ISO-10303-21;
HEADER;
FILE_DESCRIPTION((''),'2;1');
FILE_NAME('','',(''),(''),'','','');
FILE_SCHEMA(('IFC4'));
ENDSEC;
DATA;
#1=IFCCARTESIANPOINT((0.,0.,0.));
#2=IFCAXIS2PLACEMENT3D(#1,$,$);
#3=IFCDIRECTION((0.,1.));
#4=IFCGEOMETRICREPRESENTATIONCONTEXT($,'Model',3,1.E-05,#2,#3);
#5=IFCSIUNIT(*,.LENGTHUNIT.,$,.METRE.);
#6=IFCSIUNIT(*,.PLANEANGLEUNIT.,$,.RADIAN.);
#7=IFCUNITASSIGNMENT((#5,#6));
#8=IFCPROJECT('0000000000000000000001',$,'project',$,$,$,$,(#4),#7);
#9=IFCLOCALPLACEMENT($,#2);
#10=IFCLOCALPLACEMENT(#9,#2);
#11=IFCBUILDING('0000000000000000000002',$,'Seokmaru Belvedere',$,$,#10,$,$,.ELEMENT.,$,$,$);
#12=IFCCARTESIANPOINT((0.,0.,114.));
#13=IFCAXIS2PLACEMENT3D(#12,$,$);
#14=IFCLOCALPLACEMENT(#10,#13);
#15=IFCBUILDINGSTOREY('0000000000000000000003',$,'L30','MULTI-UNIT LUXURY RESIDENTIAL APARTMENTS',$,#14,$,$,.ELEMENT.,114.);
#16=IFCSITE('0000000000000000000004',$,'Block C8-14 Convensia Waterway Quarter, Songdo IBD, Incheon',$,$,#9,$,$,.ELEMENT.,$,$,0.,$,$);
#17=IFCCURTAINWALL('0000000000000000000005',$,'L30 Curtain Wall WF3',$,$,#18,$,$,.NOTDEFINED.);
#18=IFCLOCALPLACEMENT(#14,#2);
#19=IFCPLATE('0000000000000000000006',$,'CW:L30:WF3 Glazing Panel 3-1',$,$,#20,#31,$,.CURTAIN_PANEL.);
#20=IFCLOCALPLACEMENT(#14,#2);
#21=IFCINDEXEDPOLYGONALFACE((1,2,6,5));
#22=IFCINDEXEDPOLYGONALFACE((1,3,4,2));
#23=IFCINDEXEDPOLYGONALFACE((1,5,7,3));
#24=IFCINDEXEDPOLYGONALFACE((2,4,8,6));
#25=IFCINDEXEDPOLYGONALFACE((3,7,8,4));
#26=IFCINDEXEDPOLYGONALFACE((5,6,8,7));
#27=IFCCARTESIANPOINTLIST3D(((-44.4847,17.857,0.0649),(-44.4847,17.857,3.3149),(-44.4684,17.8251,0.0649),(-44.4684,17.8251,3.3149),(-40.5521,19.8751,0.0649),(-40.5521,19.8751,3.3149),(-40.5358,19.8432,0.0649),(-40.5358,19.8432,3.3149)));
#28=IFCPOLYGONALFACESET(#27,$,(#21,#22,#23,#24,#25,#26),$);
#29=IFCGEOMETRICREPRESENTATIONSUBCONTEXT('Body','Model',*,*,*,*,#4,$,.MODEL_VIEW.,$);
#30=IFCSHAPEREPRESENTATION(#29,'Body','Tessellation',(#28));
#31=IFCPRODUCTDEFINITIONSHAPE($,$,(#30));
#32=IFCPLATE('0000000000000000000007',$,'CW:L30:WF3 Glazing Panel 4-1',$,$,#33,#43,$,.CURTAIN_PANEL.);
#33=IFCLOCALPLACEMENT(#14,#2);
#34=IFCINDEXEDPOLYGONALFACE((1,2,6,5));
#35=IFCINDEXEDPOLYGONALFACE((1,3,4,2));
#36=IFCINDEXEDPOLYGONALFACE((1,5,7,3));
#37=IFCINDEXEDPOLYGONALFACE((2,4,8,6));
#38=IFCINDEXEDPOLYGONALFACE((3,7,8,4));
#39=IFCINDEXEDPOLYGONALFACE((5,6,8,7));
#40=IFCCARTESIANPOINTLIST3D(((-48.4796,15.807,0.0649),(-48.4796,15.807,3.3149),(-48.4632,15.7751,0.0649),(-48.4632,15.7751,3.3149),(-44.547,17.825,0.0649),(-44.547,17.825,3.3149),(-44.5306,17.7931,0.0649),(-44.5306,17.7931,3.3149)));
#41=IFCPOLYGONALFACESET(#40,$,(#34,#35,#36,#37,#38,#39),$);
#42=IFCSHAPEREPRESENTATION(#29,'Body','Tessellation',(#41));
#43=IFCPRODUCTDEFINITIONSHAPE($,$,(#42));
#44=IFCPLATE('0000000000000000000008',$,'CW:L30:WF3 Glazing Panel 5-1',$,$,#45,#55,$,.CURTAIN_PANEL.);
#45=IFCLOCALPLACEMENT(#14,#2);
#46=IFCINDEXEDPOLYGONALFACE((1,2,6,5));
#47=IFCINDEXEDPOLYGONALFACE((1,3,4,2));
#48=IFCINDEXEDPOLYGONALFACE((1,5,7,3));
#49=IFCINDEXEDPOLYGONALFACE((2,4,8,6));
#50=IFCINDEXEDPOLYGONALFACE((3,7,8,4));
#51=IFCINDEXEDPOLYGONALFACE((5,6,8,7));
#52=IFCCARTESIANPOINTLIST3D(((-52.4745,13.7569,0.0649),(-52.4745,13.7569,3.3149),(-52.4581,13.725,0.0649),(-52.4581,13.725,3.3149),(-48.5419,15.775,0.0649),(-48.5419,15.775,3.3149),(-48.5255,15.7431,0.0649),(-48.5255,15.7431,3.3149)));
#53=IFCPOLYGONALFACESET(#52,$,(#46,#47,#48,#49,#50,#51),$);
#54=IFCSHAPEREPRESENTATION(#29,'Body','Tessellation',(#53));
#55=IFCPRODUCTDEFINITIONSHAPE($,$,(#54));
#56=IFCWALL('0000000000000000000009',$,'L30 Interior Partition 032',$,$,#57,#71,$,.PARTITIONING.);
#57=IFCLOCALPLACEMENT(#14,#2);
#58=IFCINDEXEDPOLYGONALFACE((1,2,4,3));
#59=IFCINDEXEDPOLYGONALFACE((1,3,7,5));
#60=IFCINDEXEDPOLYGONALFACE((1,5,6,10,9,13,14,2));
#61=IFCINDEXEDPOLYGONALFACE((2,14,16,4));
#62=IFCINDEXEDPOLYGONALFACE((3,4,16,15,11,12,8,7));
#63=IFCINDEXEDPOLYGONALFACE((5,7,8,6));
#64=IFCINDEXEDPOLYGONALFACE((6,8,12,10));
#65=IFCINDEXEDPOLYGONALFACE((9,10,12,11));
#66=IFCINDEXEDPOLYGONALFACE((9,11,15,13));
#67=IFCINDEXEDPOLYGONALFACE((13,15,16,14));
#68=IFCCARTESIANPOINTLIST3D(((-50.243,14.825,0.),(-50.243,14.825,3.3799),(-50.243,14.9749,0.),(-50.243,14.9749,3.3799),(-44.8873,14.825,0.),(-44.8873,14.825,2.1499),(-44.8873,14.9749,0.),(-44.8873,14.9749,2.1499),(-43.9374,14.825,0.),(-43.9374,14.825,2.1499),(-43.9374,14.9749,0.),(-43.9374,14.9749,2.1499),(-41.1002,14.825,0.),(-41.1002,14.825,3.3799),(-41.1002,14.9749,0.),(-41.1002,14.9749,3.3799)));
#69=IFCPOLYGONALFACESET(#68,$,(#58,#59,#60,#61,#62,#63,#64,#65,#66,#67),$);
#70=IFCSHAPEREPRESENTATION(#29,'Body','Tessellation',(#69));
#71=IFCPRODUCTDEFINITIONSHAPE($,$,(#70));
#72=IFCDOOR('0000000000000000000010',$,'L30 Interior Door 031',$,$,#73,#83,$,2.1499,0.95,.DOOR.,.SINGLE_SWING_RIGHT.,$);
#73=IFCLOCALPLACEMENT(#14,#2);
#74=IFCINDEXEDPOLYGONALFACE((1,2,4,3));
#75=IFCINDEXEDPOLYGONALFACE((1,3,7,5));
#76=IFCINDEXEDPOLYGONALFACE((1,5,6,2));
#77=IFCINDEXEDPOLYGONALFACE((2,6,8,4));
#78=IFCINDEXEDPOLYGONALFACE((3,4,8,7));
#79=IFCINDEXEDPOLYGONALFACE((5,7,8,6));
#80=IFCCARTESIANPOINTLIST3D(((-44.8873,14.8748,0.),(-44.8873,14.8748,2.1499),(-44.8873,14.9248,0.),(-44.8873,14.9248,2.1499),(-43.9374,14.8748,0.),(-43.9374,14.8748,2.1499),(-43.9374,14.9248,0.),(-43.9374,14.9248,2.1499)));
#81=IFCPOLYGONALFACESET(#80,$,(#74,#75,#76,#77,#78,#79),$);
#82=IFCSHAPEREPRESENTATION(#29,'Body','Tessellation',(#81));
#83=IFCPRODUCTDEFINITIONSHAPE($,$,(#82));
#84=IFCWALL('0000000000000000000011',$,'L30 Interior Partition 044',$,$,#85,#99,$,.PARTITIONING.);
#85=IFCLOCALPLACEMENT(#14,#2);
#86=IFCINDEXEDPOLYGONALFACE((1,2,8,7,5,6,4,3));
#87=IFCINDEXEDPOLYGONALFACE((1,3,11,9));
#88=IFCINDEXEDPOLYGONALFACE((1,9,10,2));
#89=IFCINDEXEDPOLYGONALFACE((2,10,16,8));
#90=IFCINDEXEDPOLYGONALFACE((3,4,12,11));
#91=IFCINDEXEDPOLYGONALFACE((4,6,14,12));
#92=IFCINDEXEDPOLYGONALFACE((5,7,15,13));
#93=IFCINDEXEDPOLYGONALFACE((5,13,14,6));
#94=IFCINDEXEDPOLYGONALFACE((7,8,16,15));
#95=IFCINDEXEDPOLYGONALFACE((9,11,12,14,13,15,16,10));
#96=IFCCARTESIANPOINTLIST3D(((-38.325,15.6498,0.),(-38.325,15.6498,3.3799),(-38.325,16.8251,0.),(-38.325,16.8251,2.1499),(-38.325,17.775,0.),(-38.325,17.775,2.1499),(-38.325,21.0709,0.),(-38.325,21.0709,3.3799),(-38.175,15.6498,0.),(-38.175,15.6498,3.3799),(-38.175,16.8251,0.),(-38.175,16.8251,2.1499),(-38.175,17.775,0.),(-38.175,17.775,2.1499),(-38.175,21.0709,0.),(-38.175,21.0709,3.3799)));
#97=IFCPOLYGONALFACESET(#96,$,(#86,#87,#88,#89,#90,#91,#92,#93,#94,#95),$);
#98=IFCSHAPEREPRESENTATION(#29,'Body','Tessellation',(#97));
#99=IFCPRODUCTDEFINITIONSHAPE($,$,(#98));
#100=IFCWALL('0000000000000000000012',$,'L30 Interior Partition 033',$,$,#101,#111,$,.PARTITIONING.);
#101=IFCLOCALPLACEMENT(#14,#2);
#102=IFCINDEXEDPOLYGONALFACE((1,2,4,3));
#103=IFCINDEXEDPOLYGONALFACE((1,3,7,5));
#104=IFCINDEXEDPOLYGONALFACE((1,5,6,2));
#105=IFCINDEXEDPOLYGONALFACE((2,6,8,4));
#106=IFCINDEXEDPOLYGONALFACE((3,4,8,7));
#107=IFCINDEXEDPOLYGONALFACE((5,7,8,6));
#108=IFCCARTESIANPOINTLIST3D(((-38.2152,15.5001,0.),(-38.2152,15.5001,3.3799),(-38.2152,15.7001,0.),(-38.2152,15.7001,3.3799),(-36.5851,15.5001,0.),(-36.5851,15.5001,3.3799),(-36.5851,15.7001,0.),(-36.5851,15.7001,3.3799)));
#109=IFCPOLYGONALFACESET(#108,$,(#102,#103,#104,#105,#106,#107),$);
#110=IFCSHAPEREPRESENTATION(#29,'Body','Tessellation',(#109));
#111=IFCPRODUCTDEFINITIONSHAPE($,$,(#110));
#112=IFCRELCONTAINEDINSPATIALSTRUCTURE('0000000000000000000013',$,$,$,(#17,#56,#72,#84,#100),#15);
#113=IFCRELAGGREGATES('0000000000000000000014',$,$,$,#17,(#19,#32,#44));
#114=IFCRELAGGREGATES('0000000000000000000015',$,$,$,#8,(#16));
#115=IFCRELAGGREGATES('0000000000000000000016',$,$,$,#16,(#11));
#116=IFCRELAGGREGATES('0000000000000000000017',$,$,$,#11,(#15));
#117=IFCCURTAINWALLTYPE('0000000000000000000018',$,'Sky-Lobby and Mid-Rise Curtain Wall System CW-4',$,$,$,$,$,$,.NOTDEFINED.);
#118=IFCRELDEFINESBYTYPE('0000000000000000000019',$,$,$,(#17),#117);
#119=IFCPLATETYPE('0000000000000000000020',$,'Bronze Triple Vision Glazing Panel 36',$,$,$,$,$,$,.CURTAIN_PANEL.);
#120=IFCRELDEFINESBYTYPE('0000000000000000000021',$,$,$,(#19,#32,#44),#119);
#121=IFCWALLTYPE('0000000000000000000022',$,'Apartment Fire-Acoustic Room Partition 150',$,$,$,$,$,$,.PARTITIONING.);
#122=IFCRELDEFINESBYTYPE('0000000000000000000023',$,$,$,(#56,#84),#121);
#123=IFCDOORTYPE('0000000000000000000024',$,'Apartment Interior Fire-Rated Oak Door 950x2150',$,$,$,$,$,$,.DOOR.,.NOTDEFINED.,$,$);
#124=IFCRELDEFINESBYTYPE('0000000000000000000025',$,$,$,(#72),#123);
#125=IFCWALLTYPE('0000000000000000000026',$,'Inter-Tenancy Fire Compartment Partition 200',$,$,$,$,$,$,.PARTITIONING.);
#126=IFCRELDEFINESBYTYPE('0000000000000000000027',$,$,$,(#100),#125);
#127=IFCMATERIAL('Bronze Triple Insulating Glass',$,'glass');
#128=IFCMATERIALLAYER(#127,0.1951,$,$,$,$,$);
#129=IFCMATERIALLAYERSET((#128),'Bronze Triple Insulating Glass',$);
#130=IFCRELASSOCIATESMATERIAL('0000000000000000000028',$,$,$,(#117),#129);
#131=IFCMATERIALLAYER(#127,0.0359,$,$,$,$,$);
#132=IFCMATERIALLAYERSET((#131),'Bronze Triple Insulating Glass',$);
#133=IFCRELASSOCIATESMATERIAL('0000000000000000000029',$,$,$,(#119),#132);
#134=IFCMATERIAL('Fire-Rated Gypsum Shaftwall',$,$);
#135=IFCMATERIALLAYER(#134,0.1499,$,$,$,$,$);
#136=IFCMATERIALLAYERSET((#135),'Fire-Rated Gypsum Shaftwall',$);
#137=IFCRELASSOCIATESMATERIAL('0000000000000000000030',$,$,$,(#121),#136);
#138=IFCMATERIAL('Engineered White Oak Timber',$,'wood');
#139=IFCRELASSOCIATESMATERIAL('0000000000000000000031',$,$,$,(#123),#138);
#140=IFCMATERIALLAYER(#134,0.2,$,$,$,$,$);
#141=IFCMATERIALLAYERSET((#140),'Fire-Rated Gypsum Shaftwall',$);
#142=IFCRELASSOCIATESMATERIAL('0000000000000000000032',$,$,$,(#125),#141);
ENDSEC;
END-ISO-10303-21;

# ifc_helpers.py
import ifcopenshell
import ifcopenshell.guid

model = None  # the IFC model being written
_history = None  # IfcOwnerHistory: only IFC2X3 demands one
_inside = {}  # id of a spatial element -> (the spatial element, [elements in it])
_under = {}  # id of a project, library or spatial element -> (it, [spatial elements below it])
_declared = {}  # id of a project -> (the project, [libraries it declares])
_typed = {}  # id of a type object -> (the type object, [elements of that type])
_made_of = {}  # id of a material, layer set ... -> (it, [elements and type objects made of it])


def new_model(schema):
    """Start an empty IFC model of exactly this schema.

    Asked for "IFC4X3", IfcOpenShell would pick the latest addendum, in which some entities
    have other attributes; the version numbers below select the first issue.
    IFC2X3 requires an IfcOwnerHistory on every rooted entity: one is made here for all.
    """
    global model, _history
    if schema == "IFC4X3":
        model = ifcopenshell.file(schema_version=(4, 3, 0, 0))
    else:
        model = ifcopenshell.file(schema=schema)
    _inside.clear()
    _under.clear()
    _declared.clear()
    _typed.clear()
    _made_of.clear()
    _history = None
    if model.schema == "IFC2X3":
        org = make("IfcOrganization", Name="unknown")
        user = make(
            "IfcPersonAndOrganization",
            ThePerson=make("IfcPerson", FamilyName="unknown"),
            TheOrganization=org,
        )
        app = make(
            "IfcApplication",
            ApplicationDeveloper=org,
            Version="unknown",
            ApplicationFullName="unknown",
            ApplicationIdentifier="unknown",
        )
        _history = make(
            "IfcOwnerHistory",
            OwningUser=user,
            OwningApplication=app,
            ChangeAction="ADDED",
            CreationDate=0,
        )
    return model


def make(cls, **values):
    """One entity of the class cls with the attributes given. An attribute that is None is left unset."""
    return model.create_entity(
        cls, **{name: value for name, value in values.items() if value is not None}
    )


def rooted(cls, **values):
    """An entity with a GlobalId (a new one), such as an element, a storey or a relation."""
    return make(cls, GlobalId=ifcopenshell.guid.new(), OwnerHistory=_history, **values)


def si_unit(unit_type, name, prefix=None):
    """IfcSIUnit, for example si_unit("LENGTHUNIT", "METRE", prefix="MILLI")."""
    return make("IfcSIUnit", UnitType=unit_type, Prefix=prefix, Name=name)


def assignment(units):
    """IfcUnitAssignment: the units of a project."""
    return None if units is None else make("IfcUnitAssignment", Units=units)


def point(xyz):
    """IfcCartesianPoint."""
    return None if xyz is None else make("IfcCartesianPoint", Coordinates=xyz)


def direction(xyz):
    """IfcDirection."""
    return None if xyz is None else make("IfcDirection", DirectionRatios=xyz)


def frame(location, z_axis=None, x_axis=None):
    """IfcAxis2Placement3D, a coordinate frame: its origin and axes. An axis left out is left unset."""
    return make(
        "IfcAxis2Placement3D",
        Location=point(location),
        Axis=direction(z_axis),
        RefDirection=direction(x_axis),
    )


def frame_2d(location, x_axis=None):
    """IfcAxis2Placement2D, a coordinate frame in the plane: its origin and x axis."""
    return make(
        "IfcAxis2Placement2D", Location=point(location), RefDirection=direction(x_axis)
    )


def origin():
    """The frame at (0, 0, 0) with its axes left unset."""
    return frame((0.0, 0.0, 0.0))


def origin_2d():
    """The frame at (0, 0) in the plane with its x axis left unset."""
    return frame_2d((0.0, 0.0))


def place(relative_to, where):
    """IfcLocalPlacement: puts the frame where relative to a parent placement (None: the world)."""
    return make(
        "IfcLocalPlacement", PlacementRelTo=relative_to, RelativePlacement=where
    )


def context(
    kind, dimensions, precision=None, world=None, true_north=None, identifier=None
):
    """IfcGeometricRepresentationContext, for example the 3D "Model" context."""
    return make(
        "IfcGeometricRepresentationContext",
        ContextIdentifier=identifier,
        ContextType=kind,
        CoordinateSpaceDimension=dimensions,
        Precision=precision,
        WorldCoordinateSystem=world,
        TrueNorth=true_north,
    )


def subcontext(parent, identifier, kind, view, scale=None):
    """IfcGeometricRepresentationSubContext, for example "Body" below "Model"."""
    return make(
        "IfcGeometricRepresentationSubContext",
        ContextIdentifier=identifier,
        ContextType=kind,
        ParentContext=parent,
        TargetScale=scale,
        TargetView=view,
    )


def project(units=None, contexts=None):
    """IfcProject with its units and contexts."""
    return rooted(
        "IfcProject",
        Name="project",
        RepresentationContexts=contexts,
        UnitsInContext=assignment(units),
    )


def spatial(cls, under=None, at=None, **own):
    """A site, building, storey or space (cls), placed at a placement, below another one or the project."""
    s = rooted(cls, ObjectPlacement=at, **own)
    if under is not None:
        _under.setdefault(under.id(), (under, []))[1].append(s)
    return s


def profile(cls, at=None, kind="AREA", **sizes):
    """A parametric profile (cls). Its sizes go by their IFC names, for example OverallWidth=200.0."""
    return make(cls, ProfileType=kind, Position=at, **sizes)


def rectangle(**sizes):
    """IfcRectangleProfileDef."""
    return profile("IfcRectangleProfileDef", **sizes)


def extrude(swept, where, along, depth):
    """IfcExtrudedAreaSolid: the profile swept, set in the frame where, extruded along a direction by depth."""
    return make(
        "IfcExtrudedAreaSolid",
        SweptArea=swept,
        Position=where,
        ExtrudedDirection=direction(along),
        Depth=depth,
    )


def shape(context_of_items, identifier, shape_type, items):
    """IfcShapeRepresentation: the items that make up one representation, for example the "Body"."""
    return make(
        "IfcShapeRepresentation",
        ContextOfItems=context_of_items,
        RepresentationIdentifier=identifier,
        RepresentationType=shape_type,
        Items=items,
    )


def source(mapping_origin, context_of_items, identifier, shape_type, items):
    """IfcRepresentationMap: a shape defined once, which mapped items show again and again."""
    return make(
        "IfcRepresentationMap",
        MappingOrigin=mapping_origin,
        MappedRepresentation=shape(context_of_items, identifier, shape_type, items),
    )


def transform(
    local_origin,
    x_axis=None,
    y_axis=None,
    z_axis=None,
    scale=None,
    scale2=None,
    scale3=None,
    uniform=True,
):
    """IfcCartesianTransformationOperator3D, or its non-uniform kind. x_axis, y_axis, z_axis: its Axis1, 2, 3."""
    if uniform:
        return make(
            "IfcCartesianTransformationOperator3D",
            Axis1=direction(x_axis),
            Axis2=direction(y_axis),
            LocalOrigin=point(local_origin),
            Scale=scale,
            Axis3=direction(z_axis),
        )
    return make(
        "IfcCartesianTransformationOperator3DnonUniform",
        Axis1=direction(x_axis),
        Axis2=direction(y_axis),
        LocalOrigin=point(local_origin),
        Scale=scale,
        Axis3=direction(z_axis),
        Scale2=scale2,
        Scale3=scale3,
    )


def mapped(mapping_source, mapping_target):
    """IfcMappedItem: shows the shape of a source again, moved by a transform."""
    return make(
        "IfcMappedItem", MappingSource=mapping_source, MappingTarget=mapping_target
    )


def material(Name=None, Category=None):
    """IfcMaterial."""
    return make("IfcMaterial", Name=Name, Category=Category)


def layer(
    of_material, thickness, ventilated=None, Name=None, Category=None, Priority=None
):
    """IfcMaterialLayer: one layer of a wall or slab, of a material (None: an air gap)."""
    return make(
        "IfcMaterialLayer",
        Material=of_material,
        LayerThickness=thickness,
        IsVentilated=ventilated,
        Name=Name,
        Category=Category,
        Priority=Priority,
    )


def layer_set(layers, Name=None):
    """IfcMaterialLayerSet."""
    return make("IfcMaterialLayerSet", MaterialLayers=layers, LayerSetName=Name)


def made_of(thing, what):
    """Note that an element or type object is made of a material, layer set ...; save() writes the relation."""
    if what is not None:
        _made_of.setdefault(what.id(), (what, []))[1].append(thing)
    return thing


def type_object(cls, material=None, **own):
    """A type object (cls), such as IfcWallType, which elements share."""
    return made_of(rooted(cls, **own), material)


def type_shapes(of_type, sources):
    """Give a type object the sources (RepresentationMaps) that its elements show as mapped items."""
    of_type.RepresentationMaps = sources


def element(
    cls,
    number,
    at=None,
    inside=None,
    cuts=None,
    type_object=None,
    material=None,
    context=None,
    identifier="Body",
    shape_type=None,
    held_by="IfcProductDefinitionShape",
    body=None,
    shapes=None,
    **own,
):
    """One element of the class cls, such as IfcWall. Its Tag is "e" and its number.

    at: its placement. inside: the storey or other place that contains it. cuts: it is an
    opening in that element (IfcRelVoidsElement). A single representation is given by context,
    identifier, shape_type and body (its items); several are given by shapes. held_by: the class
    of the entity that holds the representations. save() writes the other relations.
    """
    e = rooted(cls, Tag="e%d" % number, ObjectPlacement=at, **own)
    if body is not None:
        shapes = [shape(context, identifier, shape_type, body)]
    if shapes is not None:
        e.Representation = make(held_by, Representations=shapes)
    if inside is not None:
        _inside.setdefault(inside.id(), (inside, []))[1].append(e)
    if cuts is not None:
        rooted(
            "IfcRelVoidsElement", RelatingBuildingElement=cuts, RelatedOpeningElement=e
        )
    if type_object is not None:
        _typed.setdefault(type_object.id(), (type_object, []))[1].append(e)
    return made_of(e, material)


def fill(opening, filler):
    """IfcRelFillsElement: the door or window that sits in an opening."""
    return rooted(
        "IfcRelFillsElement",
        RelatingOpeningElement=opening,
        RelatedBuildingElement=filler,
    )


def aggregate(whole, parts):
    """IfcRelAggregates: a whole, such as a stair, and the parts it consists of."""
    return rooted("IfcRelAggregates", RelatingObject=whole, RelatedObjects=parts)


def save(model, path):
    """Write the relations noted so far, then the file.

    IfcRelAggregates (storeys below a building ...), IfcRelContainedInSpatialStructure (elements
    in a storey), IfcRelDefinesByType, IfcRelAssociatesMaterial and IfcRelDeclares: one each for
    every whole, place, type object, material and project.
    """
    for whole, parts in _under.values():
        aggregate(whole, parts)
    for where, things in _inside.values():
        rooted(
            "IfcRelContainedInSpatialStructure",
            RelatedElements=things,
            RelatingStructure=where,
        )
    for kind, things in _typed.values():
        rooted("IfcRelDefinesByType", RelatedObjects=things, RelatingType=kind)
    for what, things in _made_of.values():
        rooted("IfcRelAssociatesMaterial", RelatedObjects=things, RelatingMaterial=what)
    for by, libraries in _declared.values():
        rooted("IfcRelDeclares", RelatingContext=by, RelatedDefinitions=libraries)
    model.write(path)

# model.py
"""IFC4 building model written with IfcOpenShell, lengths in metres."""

from ifc_helpers import new_model, si_unit, direction, frame, frame_2d, origin, origin_2d, place, context, subcontext, project, spatial, rectangle, extrude, source, transform, mapped, material, layer, layer_set, type_object, type_shapes, element, fill, aggregate, save


model = new_model("IFC4")

# Units and contexts
model_context = context("Model", 3, precision=1e-05, world=origin(), true_north=direction((0.0, 1.0)))
body_context = subcontext(model_context, "Body", "Model", "MODEL_VIEW")
ifc_project = project(units=[si_unit("LENGTHUNIT", "METRE"), si_unit("PLANEANGLEUNIT", "RADIAN")], contexts=[model_context])

# Site, building, storey
site_placement = place(None, origin())
site = spatial("IfcSite", under=ifc_project, at=site_placement, Name="Block C8-14 Convensia Waterway Quarter, Songdo IBD, Incheon", CompositionType="ELEMENT", RefElevation=0.0)
building_placement = place(site_placement, origin())
building = spatial("IfcBuilding", under=site, at=building_placement, Name="Seokmaru Belvedere", CompositionType="ELEMENT")
storey_placement = place(building_placement, frame((0.0, 0.0, 114.0)))
storey = spatial("IfcBuildingStorey", under=building, at=storey_placement, Name="L30", Description="MULTI-UNIT LUXURY RESIDENTIAL APARTMENTS", CompositionType="ELEMENT", Elevation=114.0)

# Curtain wall, plates
ifc_material_1 = material(Name="Bronze Triple Insulating Glass", Category="glass")
ifc_layer_1 = layer(ifc_material_1, 0.1951)
ifc_layer_set_1 = layer_set([ifc_layer_1], Name="Bronze Triple Insulating Glass")
curtain_wall_type = type_object("IfcCurtainWallType", Name="Sky-Lobby and Mid-Rise Curtain Wall System CW-4", PredefinedType="NOTDEFINED", material=ifc_layer_set_1)
curtain_wall_placement = place(storey_placement, origin())
curtain_wall = element("IfcCurtainWall", 1, at=curtain_wall_placement, inside=storey, type_object=curtain_wall_type, Name="L30 Curtain Wall WF3", PredefinedType="NOTDEFINED")
ifc_layer_2 = layer(ifc_material_1, 0.0359)
ifc_layer_set_2 = layer_set([ifc_layer_2], Name="Bronze Triple Insulating Glass")
plate_type = type_object("IfcPlateType", Name="Bronze Triple Vision Glazing Panel 36", PredefinedType="CURTAIN_PANEL", material=ifc_layer_set_2)
shared_shape_1 = source(origin(), body_context, "Body", "SweptSolid", [
    extrude(rectangle(XDim=4.4202, YDim=0.0359, at=origin_2d()), origin(), (0.0, 0.0, 1.0), 3.25),
])
type_shapes(plate_type, [shared_shape_1])
plate_1_placement = place(storey_placement, frame((-42.5103, 18.8501, 0.0649), z_axis=(0.0, 0.0, 1.0), x_axis=(-0.889695, -0.456555, 0.0)))
plate_1 = element("IfcPlate", 2, at=plate_1_placement, type_object=plate_type, Name="CW:L30:WF3 Glazing Panel 3-1", PredefinedType="CURTAIN_PANEL", context=body_context, shape_type="MappedRepresentation", body=[
    mapped(shared_shape_1, transform((0.0, 0.0, 0.0), scale=1.0)),
])
plate_2_placement = place(storey_placement, frame((-46.5051, 16.8, 0.0649), z_axis=(0.0, 0.0, 1.0), x_axis=(-0.889695, -0.456555, 0.0)))
plate_2 = element("IfcPlate", 3, at=plate_2_placement, type_object=plate_type, Name="CW:L30:WF3 Glazing Panel 4-1", PredefinedType="CURTAIN_PANEL", context=body_context, shape_type="MappedRepresentation", body=[
    mapped(shared_shape_1, transform((0.0, 0.0, 0.0), scale=1.0)),
])
plate_3_placement = place(storey_placement, frame((-50.5, 14.75, 0.0649), z_axis=(0.0, 0.0, 1.0), x_axis=(-0.889695, -0.456555, 0.0)))
plate_3 = element("IfcPlate", 4, at=plate_3_placement, type_object=plate_type, Name="CW:L30:WF3 Glazing Panel 5-1", PredefinedType="CURTAIN_PANEL", context=body_context, shape_type="MappedRepresentation", body=[
    mapped(shared_shape_1, transform((0.0, 0.0, 0.0), scale=1.0)),
])
aggregate(curtain_wall, [plate_1, plate_2, plate_3])

# Wall, opening, door
ifc_material_2 = material(Name="Fire-Rated Gypsum Shaftwall")
ifc_layer_3 = layer(ifc_material_2, 0.1499)
ifc_layer_set_3 = layer_set([ifc_layer_3], Name="Fire-Rated Gypsum Shaftwall")
wall_type_1 = type_object("IfcWallType", Name="Apartment Fire-Acoustic Room Partition 150", PredefinedType="PARTITIONING", material=ifc_layer_set_3)
wall_1_placement = place(storey_placement, frame((-50.2429, 14.8999, 0.0), z_axis=(0.0, 0.0, 1.0), x_axis=(1.0, 0.0, 0.0)))
wall_1 = element("IfcWall", 5, at=wall_1_placement, inside=storey, type_object=wall_type_1, Name="L30 Interior Partition 032", PredefinedType="PARTITIONING", context=body_context, shape_type="SweptSolid", body=[
    extrude(rectangle(XDim=9.1428, YDim=0.1499, at=frame_2d((4.5713, 0.0))), origin(), (0.0, 0.0, 1.0), 3.3799),
])
opening_1_placement = place(wall_1_placement, frame((5.3555, 0.0, 0.0)))
opening_1 = element("IfcOpeningElement", 6, at=opening_1_placement, cuts=wall_1, PredefinedType="OPENING", context=body_context, shape_type="SweptSolid", body=[
    extrude(rectangle(XDim=0.95, YDim=2.1499, at=frame_2d((0.4751, 1.075))), frame((0.0, 0.085, 0.0), z_axis=(0.0, -1.0, 0.0), x_axis=(1.0, 0.0, 0.0)), (0.0, 0.0, 1.0), 0.1699),
])
ifc_material_3 = material(Name="Engineered White Oak Timber", Category="wood")
door_type = type_object("IfcDoorType", Name="Apartment Interior Fire-Rated Oak Door 950x2150", OperationType="NOTDEFINED", PredefinedType="DOOR", material=ifc_material_3)
shared_shape_2 = source(origin(), body_context, "Body", "SweptSolid", [
    extrude(rectangle(XDim=0.95, YDim=2.1499, at=frame_2d((0.4751, 1.075))), frame((0.0, 0.0249, 0.0), z_axis=(0.0, -1.0, 0.0), x_axis=(1.0, 0.0, 0.0)), (0.0, 0.0, 1.0), 0.05),
])
type_shapes(door_type, [shared_shape_2])
door_placement = place(opening_1_placement, origin())
door = element("IfcDoor", 7, at=door_placement, inside=storey, type_object=door_type, Name="L30 Interior Door 031", OperationType="SINGLE_SWING_RIGHT", OverallHeight=2.1499, OverallWidth=0.95, PredefinedType="DOOR", context=body_context, shape_type="MappedRepresentation", body=[
    mapped(shared_shape_2, transform((0.0, 0.0, 0.0), scale=1.0)),
])
fill(opening_1, door)

# Wall, opening
wall_2_placement = place(storey_placement, frame((-38.25, 15.6499, 0.0), z_axis=(0.0, 0.0, 1.0), x_axis=(0.0, 1.0, 0.0)))
wall_2 = element("IfcWall", 8, at=wall_2_placement, inside=storey, type_object=wall_type_1, Name="L30 Interior Partition 044", PredefinedType="PARTITIONING", context=body_context, shape_type="SweptSolid", body=[
    extrude(rectangle(XDim=5.4211, YDim=0.1499, at=frame_2d((2.7104, 0.0))), origin(), (0.0, 0.0, 1.0), 3.3799),
])
opening_2_placement = place(wall_2_placement, frame((1.175, 0.0, 0.0)))
element("IfcOpeningElement", 9, at=opening_2_placement, cuts=wall_2, PredefinedType="OPENING", context=body_context, shape_type="SweptSolid", body=[
    extrude(rectangle(XDim=0.95, YDim=2.1499, at=frame_2d((0.4751, 1.075))), frame((0.0, 0.085, 0.0), z_axis=(0.0, -1.0, 0.0), x_axis=(1.0, 0.0, 0.0)), (0.0, 0.0, 1.0), 0.1699),
])

# Wall
ifc_layer_4 = layer(ifc_material_2, 0.2)
ifc_layer_set_4 = layer_set([ifc_layer_4], Name="Fire-Rated Gypsum Shaftwall")
wall_type_2 = type_object("IfcWallType", Name="Inter-Tenancy Fire Compartment Partition 200", PredefinedType="PARTITIONING", material=ifc_layer_set_4)
wall_3_placement = place(storey_placement, frame((-38.2151, 15.6001, 0.0), z_axis=(0.0, 0.0, 1.0), x_axis=(1.0, 0.0, 0.0)))
element("IfcWall", 10, at=wall_3_placement, inside=storey, type_object=wall_type_2, Name="L30 Interior Partition 033", PredefinedType="PARTITIONING", context=body_context, shape_type="SweptSolid", body=[
    extrude(rectangle(XDim=1.6301, YDim=0.2, at=frame_2d((0.8149, 0.0))), origin(), (0.0, 0.0, 1.0), 3.3799),
])

save(model, "model.ifc")
